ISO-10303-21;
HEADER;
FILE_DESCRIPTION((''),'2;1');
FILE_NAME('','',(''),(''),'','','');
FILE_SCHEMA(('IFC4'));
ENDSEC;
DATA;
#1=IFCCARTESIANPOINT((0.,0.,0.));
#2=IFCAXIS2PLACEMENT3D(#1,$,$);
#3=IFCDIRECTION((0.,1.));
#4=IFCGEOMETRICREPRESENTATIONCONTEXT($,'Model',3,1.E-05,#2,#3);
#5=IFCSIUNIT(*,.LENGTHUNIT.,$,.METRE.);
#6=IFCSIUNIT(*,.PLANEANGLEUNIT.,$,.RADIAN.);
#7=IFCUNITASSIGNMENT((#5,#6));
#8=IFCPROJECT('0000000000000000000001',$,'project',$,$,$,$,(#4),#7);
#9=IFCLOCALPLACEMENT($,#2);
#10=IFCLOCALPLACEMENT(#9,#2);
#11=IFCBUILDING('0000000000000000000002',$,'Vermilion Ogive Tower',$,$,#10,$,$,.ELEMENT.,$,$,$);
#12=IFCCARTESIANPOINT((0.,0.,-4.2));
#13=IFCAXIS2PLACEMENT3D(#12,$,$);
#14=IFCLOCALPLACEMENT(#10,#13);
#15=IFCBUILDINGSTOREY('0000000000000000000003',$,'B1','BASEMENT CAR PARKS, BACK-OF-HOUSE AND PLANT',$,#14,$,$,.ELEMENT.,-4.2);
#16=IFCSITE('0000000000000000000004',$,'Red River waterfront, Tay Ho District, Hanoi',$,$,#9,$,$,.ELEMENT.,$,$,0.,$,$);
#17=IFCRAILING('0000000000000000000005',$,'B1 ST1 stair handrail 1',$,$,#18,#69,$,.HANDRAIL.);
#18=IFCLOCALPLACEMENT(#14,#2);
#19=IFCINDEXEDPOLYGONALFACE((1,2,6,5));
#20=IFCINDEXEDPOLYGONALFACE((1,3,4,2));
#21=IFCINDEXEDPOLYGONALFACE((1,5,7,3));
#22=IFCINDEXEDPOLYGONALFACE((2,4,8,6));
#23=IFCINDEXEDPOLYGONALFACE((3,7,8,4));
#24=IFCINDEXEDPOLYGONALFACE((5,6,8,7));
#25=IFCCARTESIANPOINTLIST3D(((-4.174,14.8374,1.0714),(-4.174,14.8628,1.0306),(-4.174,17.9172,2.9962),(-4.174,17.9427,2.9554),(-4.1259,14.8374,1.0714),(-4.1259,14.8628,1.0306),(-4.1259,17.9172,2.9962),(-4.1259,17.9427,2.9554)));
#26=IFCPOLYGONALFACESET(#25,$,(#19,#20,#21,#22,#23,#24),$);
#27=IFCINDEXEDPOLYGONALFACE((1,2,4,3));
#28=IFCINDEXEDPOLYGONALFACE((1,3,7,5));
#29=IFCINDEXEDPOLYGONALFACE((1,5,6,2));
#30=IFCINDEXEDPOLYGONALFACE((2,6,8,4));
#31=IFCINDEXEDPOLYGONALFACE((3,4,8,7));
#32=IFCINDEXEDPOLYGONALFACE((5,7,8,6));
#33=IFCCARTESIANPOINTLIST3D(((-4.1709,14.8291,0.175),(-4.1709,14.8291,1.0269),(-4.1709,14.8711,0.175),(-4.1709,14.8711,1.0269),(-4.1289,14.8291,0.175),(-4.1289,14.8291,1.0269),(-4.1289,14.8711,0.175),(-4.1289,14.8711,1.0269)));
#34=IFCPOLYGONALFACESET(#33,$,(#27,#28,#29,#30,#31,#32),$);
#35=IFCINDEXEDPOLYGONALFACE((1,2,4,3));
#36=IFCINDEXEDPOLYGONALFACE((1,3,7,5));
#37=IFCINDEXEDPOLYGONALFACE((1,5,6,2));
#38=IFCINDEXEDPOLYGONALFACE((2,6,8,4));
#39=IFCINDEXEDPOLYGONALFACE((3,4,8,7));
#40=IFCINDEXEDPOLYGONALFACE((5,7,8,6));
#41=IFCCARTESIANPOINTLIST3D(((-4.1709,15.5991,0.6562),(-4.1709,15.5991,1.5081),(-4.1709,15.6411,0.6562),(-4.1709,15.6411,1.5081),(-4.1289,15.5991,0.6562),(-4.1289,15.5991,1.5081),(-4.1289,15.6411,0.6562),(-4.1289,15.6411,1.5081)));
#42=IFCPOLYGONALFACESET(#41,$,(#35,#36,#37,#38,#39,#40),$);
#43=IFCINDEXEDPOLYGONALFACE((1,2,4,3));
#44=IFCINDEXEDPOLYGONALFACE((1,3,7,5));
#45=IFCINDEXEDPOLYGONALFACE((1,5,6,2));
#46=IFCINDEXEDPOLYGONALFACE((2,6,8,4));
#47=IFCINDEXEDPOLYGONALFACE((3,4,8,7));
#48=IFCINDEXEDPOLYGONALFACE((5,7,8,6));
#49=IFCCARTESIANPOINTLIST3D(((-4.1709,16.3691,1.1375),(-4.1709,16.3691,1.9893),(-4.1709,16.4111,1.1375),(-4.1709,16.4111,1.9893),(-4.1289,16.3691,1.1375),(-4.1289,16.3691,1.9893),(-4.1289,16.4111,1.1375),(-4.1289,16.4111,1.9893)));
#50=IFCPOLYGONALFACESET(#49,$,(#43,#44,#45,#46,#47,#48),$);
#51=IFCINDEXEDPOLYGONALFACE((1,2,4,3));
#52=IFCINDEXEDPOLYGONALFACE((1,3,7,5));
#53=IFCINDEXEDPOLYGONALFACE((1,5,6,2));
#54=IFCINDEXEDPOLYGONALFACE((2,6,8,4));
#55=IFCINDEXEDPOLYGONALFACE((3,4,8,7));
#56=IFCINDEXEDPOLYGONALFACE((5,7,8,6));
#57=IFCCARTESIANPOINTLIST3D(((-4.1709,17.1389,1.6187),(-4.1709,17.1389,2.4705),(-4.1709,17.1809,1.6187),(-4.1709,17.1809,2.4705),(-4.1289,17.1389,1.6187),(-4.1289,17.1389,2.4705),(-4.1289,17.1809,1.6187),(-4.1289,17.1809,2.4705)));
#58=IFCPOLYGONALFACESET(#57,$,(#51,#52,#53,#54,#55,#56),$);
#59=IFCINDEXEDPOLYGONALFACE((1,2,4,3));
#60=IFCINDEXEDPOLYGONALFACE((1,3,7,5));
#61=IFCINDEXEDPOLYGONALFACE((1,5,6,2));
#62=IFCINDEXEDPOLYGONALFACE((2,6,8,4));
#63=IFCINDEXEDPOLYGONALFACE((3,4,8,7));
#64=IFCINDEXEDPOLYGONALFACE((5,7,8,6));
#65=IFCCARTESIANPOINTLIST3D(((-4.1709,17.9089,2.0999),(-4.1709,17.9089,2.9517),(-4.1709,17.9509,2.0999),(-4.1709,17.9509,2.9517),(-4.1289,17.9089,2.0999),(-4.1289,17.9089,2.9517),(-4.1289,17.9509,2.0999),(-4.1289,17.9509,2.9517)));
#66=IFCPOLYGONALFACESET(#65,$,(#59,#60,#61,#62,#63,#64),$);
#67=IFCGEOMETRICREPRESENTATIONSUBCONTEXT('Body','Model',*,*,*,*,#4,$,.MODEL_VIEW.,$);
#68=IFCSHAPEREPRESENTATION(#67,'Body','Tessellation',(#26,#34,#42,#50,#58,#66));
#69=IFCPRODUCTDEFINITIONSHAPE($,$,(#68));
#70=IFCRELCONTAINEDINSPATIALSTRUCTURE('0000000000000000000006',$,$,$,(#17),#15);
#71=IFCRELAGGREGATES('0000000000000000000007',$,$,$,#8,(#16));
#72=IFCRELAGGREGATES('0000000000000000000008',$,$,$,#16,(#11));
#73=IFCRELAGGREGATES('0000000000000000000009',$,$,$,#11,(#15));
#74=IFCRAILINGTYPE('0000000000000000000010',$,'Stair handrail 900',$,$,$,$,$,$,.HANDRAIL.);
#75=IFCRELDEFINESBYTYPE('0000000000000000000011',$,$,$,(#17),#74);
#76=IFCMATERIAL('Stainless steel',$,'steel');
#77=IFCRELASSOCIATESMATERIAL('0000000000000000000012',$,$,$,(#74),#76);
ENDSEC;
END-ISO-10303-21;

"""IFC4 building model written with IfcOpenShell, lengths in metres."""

from ifc_helpers import new_model, si_unit, direction, frame, origin, origin_2d, place, context, subcontext, project, spatial, rectangle, extrude, material, type_object, element, save


model = new_model("IFC4")

# Units and contexts
model_context = context("Model", 3, precision=1e-05, world=origin(), true_north=direction((0.0, 1.0)))
body_context = subcontext(model_context, "Body", "Model", "MODEL_VIEW")
ifc_project = project(units=[si_unit("LENGTHUNIT", "METRE"), si_unit("PLANEANGLEUNIT", "RADIAN")], contexts=[model_context])

# Site, building, storey
site_placement = place(None, origin())
site = spatial("IfcSite", under=ifc_project, at=site_placement, Name="Red River waterfront, Tay Ho District, Hanoi", CompositionType="ELEMENT", RefElevation=0.0)
building_placement = place(site_placement, origin())
building = spatial("IfcBuilding", under=site, at=building_placement, Name="Vermilion Ogive Tower", CompositionType="ELEMENT")
storey_placement = place(building_placement, frame((0.0, 0.0, -4.2)))
storey = spatial("IfcBuildingStorey", under=building, at=storey_placement, Name="B1", Description="BASEMENT CAR PARKS, BACK-OF-HOUSE AND PLANT", CompositionType="ELEMENT", Elevation=-4.2)

# Railing
ifc_material_1 = material(Name="Stainless steel", Category="steel")
railing_type_1 = type_object("IfcRailingType", Name="Stair handrail 900", PredefinedType="HANDRAIL", material=ifc_material_1)
railing_1_placement = place(storey_placement, frame((-4.1499, 14.8501, 0.175)))
element("IfcRailing", 1, at=railing_1_placement, inside=storey, type_object=railing_type_1, Name="B1 ST1 stair handrail 1", PredefinedType="HANDRAIL", context=body_context, shape_type="SweptSolid", body=[
    extrude(rectangle(XDim=0.0481, YDim=0.0481, at=origin_2d()), frame((0.0, 0.0, 0.876), z_axis=(0.0, 0.84801, 0.529981), x_axis=(-1.0, 0.0, 0.0)), (0.0, 0.0, 1.0), 3.6318),
    extrude(rectangle(XDim=0.042, YDim=0.042, at=origin_2d()), origin(), (0.0, 0.0, 1.0), 0.8518),
    extrude(rectangle(XDim=0.042, YDim=0.042, at=origin_2d()), frame((0.0, 0.77, 0.4812)), (0.0, 0.0, 1.0), 0.8518),
    extrude(rectangle(XDim=0.042, YDim=0.042, at=origin_2d()), frame((0.0, 1.54, 0.9624)), (0.0, 0.0, 1.0), 0.8518),
    extrude(rectangle(XDim=0.042, YDim=0.042, at=origin_2d()), frame((0.0, 2.3098, 1.4436)), (0.0, 0.0, 1.0), 0.8518),
    extrude(rectangle(XDim=0.042, YDim=0.042, at=origin_2d()), frame((0.0, 3.0798, 1.9248)), (0.0, 0.0, 1.0), 0.8518),
])

save(model, "model.ifc")
